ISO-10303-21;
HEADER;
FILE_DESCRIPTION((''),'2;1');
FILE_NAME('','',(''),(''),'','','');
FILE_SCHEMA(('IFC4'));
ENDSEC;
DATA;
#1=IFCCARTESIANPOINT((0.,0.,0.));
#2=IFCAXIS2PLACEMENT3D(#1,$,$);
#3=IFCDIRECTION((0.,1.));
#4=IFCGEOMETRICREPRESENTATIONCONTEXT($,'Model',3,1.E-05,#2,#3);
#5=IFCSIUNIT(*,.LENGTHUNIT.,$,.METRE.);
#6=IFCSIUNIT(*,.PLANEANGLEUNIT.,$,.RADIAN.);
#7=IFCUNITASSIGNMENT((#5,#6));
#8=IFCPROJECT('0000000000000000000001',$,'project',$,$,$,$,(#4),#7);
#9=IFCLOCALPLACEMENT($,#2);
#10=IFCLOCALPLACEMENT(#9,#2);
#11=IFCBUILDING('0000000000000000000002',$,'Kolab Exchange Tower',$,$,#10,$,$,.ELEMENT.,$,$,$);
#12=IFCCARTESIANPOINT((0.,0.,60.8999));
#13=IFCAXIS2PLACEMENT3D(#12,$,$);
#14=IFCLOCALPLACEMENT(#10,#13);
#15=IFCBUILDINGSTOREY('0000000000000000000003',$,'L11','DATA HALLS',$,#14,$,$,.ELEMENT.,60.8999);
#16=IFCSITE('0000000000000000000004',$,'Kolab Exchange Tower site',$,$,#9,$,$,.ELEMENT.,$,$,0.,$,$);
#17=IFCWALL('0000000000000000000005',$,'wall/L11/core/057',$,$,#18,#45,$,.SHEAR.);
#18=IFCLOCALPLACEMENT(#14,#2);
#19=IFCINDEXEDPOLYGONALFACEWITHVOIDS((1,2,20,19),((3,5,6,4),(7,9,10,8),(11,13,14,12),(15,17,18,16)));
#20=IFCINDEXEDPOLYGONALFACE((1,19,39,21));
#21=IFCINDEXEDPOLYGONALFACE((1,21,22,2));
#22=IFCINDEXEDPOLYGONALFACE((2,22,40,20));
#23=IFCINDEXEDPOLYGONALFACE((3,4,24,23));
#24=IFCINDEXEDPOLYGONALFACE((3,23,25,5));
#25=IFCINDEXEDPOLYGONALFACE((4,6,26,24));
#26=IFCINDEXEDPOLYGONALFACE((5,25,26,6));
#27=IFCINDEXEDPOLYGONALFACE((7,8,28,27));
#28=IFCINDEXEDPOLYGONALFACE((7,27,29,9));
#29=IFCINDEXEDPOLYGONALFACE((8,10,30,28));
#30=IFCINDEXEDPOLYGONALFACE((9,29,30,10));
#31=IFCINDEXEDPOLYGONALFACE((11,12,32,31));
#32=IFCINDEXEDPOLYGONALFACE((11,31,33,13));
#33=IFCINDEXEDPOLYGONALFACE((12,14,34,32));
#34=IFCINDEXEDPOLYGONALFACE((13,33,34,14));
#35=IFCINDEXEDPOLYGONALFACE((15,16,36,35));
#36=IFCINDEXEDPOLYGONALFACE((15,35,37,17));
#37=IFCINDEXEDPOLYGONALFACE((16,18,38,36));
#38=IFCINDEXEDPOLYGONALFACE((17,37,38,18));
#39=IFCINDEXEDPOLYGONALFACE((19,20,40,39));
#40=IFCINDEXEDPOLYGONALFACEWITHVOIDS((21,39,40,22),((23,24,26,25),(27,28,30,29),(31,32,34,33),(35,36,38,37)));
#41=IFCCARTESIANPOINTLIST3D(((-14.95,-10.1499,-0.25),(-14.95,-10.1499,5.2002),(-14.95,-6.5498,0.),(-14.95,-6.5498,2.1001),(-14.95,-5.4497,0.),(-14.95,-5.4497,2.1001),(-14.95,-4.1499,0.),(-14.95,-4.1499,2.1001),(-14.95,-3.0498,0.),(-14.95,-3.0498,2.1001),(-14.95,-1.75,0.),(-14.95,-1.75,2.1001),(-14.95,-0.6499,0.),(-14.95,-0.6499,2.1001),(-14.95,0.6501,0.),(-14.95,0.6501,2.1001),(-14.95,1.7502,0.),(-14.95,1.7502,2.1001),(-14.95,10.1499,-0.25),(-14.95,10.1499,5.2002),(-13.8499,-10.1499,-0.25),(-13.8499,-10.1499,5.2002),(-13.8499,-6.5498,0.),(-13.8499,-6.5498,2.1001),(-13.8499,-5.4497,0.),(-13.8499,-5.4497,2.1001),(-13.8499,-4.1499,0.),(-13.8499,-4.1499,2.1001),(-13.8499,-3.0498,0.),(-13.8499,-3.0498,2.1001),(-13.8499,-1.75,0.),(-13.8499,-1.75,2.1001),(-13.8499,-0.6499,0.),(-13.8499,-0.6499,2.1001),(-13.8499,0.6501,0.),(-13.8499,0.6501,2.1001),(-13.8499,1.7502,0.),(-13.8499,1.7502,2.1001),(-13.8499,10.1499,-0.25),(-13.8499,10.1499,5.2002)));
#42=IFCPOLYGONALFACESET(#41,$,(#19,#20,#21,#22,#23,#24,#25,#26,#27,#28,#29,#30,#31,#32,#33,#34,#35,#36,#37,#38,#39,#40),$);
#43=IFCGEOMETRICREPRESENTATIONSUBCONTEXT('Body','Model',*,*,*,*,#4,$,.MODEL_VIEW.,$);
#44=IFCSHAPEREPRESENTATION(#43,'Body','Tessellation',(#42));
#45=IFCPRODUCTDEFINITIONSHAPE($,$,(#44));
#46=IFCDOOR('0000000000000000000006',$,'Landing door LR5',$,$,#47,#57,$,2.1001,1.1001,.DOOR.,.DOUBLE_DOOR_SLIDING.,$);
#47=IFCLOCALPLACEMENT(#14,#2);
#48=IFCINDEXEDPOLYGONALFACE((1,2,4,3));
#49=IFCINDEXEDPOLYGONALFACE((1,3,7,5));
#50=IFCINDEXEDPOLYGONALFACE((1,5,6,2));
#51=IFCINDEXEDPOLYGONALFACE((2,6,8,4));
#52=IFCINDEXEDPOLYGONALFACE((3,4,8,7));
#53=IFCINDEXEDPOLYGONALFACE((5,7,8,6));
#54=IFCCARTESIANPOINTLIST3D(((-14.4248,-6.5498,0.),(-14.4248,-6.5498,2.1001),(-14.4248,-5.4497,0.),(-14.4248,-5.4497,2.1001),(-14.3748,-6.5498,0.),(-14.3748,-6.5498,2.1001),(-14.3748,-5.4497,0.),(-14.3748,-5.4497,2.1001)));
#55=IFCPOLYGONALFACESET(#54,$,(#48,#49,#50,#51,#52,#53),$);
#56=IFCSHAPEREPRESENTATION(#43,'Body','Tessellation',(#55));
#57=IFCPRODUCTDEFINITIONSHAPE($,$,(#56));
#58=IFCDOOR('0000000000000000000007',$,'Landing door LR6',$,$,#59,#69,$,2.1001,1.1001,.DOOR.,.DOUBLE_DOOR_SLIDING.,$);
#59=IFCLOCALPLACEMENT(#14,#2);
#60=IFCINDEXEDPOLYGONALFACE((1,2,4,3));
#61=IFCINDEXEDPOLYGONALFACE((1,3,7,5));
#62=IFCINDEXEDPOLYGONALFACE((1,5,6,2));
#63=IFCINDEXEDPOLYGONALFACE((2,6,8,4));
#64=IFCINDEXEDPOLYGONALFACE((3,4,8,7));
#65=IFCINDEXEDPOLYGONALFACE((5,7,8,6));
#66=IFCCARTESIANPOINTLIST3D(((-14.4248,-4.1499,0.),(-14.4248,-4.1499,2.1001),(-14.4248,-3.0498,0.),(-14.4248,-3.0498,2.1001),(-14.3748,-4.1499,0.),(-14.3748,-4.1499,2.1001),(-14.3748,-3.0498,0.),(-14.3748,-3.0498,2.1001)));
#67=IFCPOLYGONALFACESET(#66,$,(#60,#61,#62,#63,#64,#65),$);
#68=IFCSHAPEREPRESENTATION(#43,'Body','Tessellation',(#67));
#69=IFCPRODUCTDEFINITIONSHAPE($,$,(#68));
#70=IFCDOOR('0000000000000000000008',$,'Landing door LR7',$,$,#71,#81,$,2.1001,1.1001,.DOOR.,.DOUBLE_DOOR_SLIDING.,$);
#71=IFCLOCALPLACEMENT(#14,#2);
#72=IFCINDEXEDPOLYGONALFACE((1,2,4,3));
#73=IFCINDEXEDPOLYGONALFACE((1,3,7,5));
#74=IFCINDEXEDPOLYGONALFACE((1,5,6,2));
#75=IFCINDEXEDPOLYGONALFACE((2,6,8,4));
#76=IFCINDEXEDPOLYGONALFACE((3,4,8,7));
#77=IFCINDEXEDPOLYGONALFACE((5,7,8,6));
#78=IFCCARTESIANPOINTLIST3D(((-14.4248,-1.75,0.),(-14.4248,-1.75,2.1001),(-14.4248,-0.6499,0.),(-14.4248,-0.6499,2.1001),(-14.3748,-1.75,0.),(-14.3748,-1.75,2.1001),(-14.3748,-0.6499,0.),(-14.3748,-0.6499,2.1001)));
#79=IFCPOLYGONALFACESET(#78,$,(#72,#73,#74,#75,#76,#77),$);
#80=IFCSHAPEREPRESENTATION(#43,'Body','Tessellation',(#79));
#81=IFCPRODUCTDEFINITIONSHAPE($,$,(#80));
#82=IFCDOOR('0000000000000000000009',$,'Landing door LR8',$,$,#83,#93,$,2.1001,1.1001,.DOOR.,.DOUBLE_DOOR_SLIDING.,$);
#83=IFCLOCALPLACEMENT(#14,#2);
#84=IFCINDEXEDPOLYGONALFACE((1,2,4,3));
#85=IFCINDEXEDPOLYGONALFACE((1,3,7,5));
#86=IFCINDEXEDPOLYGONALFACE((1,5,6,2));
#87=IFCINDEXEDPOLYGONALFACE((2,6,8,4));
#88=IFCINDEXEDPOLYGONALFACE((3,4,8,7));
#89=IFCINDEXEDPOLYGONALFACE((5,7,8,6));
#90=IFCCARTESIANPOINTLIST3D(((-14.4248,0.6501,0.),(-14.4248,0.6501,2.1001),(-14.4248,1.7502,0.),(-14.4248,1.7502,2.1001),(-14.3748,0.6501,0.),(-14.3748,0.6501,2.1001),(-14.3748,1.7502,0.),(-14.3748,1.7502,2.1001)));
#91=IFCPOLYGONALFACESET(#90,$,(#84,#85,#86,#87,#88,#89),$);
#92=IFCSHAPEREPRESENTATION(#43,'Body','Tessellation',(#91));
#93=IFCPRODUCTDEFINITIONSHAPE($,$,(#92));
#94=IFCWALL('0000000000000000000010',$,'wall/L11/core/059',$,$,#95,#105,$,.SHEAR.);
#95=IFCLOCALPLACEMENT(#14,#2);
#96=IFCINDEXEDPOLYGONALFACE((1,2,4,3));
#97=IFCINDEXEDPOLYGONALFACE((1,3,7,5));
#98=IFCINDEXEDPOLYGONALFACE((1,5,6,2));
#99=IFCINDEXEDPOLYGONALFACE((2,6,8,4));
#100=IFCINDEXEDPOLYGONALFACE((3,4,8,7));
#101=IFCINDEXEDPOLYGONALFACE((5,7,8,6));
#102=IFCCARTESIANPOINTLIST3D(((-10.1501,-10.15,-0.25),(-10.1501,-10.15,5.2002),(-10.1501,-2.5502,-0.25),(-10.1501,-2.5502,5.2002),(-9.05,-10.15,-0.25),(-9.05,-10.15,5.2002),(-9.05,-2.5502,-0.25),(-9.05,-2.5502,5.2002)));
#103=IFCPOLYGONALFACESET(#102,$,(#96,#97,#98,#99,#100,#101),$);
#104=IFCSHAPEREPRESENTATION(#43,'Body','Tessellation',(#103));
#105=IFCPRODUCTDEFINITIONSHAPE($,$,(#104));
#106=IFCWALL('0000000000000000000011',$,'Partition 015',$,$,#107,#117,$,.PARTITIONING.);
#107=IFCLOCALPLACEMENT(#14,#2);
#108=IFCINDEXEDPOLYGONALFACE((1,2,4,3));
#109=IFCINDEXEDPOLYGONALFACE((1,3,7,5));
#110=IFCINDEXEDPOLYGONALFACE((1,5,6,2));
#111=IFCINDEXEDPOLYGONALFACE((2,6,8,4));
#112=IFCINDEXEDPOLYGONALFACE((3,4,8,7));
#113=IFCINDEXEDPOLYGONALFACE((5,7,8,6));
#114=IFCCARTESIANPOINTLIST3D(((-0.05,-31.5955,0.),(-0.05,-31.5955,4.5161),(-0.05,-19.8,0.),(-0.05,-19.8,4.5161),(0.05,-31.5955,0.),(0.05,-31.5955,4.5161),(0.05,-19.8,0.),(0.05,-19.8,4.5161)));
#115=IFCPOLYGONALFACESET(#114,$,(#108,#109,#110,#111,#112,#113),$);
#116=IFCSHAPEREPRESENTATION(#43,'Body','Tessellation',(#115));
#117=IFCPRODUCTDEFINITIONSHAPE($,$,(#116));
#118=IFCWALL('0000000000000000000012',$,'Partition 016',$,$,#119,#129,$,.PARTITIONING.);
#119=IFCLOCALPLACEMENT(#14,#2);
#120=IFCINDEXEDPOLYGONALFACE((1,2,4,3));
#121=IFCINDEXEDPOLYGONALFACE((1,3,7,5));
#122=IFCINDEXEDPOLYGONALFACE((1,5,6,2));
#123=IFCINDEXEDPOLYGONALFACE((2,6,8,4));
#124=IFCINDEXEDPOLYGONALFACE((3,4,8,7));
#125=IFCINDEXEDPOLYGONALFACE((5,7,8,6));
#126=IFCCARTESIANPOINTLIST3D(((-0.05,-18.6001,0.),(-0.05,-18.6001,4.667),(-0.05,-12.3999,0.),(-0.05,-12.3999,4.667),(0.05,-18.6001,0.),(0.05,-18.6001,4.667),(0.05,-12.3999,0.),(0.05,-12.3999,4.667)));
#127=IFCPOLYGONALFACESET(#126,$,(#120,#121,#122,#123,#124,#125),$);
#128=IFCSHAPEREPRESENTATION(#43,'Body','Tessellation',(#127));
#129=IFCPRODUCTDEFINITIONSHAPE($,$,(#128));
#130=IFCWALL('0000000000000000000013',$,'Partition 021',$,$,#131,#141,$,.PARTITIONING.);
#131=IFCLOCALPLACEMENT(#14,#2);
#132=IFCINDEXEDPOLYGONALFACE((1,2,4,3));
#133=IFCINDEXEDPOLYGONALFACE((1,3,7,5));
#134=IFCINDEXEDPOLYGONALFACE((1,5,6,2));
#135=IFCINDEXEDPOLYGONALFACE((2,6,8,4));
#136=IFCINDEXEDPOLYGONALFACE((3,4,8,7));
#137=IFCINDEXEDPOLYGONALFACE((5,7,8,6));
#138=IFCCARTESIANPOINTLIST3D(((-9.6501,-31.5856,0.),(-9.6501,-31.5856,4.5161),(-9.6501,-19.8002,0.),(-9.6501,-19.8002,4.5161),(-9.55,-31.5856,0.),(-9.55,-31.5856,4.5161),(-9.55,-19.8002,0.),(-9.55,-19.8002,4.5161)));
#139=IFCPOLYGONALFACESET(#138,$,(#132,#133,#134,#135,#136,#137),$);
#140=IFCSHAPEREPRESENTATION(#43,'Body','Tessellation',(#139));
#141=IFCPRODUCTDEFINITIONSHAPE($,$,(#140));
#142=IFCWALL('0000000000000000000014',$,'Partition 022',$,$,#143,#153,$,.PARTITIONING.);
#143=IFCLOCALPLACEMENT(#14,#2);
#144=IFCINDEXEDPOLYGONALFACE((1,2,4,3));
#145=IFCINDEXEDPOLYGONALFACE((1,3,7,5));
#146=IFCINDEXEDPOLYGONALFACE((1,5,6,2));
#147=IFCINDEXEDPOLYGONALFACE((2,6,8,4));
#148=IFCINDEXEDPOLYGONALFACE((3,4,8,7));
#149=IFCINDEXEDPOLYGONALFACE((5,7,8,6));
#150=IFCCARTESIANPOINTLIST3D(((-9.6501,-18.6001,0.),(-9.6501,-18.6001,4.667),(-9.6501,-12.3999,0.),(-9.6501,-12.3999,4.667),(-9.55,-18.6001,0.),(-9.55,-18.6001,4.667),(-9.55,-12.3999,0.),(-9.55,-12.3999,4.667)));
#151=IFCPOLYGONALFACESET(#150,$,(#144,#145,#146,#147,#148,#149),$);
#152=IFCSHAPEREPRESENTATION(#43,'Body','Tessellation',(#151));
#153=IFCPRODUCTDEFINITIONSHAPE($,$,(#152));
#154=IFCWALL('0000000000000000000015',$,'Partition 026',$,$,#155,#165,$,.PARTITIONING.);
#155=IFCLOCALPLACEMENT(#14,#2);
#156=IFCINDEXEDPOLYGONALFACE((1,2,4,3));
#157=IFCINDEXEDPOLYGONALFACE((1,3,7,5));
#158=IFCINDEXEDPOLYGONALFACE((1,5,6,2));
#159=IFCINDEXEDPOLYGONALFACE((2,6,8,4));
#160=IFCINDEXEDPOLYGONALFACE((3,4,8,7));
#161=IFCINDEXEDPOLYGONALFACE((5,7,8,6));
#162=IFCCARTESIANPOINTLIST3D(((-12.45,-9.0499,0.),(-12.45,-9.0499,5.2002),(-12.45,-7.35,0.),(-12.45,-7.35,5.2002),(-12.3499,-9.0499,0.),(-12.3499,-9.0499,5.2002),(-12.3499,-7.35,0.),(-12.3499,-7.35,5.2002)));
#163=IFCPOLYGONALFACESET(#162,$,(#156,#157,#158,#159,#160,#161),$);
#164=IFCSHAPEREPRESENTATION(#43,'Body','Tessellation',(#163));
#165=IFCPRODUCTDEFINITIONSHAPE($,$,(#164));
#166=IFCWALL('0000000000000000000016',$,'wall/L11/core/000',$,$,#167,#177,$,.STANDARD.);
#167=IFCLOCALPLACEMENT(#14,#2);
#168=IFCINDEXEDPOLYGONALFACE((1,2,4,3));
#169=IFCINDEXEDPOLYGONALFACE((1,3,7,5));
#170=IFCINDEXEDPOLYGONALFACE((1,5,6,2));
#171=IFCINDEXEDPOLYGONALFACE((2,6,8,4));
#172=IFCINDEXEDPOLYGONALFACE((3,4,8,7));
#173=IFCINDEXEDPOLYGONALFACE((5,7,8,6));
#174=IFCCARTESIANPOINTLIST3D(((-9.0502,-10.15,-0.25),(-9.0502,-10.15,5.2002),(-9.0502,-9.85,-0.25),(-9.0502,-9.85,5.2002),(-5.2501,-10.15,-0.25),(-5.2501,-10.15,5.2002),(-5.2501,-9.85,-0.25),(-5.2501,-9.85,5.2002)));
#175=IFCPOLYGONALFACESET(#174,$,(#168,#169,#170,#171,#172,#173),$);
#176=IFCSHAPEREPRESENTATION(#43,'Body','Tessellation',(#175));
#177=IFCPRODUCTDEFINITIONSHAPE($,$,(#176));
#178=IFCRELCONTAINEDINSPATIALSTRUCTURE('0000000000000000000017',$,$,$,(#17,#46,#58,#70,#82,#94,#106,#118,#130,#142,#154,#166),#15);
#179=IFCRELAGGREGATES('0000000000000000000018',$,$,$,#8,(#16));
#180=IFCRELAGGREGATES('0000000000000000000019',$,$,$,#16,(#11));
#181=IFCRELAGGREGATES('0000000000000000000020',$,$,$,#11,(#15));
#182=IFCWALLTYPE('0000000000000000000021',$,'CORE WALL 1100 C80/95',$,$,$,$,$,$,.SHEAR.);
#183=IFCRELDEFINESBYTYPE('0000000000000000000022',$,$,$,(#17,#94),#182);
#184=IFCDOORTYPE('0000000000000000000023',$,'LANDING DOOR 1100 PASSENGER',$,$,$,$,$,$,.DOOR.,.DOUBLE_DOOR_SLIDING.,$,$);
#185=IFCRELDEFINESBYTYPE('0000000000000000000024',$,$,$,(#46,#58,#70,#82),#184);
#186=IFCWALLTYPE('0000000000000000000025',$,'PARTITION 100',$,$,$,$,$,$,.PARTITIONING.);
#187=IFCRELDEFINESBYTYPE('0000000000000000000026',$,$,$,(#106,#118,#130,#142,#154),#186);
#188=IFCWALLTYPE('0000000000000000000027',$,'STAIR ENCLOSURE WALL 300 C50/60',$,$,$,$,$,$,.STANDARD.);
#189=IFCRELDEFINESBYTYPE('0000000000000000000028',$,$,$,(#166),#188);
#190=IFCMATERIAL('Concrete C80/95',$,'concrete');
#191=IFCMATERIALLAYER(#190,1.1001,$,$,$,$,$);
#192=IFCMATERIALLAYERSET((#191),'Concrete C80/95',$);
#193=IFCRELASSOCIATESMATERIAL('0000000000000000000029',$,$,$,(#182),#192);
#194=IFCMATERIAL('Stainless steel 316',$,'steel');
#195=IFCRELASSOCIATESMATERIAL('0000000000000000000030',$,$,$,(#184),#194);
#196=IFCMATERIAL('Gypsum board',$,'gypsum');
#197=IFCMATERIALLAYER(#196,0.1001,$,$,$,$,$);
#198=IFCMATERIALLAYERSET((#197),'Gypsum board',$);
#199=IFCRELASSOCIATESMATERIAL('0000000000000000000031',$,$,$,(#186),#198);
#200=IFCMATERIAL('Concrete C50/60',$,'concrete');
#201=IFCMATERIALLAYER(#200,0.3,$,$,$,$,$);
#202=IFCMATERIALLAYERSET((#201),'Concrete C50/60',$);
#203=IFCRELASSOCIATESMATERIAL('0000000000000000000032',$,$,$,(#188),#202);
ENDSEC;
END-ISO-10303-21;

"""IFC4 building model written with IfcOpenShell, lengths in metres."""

from ifc_helpers import new_model, si_unit, direction, frame, frame_2d, origin, place, context, subcontext, project, spatial, rectangle, extrude, material, layer, layer_set, type_object, element, fill, save


model = new_model("IFC4")

# Units and contexts
model_context = context("Model", 3, precision=1e-05, world=origin(), true_north=direction((0.0, 1.0)))
body_context = subcontext(model_context, "Body", "Model", "MODEL_VIEW")
ifc_project = project(units=[si_unit("LENGTHUNIT", "METRE"), si_unit("PLANEANGLEUNIT", "RADIAN")], contexts=[model_context])

# Site, building, storey
site_placement = place(None, origin())
site = spatial("IfcSite", under=ifc_project, at=site_placement, Name="Kolab Exchange Tower site", CompositionType="ELEMENT", RefElevation=0.0)
building_placement = place(site_placement, origin())
building = spatial("IfcBuilding", under=site, at=building_placement, Name="Kolab Exchange Tower", CompositionType="ELEMENT")
storey_placement = place(building_placement, frame((0.0, 0.0, 60.8999)))
storey = spatial("IfcBuildingStorey", under=building, at=storey_placement, Name="L11", Description="DATA HALLS", CompositionType="ELEMENT", Elevation=60.8999)

# Shared definitions
ifc_material_1 = material(Name="Concrete C80/95", Category="concrete")

# Shared definitions
ifc_layer_1 = layer(ifc_material_1, 1.1001)
ifc_layer_set_1 = layer_set([ifc_layer_1], Name="Concrete C80/95")
wall_type_1 = type_object("IfcWallType", Name="CORE WALL 1100 C80/95", PredefinedType="SHEAR", material=ifc_layer_set_1)

# Wall, openings, doors
wall_1_placement = place(storey_placement, frame((-14.3999, -10.1499, -0.25), z_axis=(0.0, 0.0, 1.0), x_axis=(0.0, 1.0, 0.0)))
wall_1 = element("IfcWall", 1, at=wall_1_placement, inside=storey, type_object=wall_type_1, Name="wall/L11/core/057", PredefinedType="SHEAR", context=body_context, shape_type="SweptSolid", body=[
    extrude(rectangle(XDim=20.2998, YDim=1.1001, at=frame_2d((10.1499, 0.0))), origin(), (0.0, 0.0, 1.0), 5.4502),
])
opening_1_placement = place(wall_1_placement, frame((3.6001, 0.0, 0.25)))
opening_1 = element("IfcOpeningElement", 2, at=opening_1_placement, cuts=wall_1, PredefinedType="OPENING", context=body_context, shape_type="SweptSolid", body=[
    extrude(rectangle(XDim=1.1001, YDim=2.1001, at=frame_2d((0.55, 1.05))), frame((0.0, 0.5601, 0.0), z_axis=(0.0, -1.0, 0.0), x_axis=(1.0, 0.0, 0.0)), (0.0, 0.0, 1.0), 1.1201),
])
opening_2_placement = place(wall_1_placement, frame((6.0, 0.0, 0.25)))
opening_2 = element("IfcOpeningElement", 3, at=opening_2_placement, cuts=wall_1, PredefinedType="OPENING", context=body_context, shape_type="SweptSolid", body=[
    extrude(rectangle(XDim=1.1001, YDim=2.1001, at=frame_2d((0.55, 1.05))), frame((0.0, 0.5601, 0.0), z_axis=(0.0, -1.0, 0.0), x_axis=(1.0, 0.0, 0.0)), (0.0, 0.0, 1.0), 1.1201),
])
opening_3_placement = place(wall_1_placement, frame((8.3999, 0.0, 0.25)))
opening_3 = element("IfcOpeningElement", 4, at=opening_3_placement, cuts=wall_1, PredefinedType="OPENING", context=body_context, shape_type="SweptSolid", body=[
    extrude(rectangle(XDim=1.1001, YDim=2.1001, at=frame_2d((0.55, 1.05))), frame((0.0, 0.5601, 0.0), z_axis=(0.0, -1.0, 0.0), x_axis=(1.0, 0.0, 0.0)), (0.0, 0.0, 1.0), 1.1201),
])
opening_4_placement = place(wall_1_placement, frame((10.8, 0.0, 0.25)))
opening_4 = element("IfcOpeningElement", 5, at=opening_4_placement, cuts=wall_1, PredefinedType="OPENING", context=body_context, shape_type="SweptSolid", body=[
    extrude(rectangle(XDim=1.1001, YDim=2.1001, at=frame_2d((0.55, 1.05))), frame((0.0, 0.5601, 0.0), z_axis=(0.0, -1.0, 0.0), x_axis=(1.0, 0.0, 0.0)), (0.0, 0.0, 1.0), 1.1201),
])
ifc_material_2 = material(Name="Stainless steel 316", Category="steel")
door_type_1 = type_object("IfcDoorType", Name="LANDING DOOR 1100 PASSENGER", OperationType="DOUBLE_DOOR_SLIDING", PredefinedType="DOOR", material=ifc_material_2)
door_1_placement = place(opening_1_placement, origin())
door_1 = element("IfcDoor", 6, at=door_1_placement, inside=storey, type_object=door_type_1, Name="Landing door LR5", OperationType="DOUBLE_DOOR_SLIDING", OverallHeight=2.1001, OverallWidth=1.1001, PredefinedType="DOOR", context=body_context, shape_type="SweptSolid", body=[
    extrude(rectangle(XDim=1.1001, YDim=2.1001, at=frame_2d((0.55, 1.05))), frame((0.0, 0.0249, 0.0), z_axis=(0.0, -1.0, 0.0), x_axis=(1.0, 0.0, 0.0)), (0.0, 0.0, 1.0), 0.05),
])
fill(opening_1, door_1)
door_2_placement = place(opening_2_placement, origin())
door_2 = element("IfcDoor", 7, at=door_2_placement, inside=storey, type_object=door_type_1, Name="Landing door LR6", OperationType="DOUBLE_DOOR_SLIDING", OverallHeight=2.1001, OverallWidth=1.1001, PredefinedType="DOOR", context=body_context, shape_type="SweptSolid", body=[
    extrude(rectangle(XDim=1.1001, YDim=2.1001, at=frame_2d((0.55, 1.05))), frame((0.0, 0.0249, 0.0), z_axis=(0.0, -1.0, 0.0), x_axis=(1.0, 0.0, 0.0)), (0.0, 0.0, 1.0), 0.05),
])
fill(opening_2, door_2)
door_3_placement = place(opening_3_placement, origin())
door_3 = element("IfcDoor", 8, at=door_3_placement, inside=storey, type_object=door_type_1, Name="Landing door LR7", OperationType="DOUBLE_DOOR_SLIDING", OverallHeight=2.1001, OverallWidth=1.1001, PredefinedType="DOOR", context=body_context, shape_type="SweptSolid", body=[
    extrude(rectangle(XDim=1.1001, YDim=2.1001, at=frame_2d((0.55, 1.05))), frame((0.0, 0.0249, 0.0), z_axis=(0.0, -1.0, 0.0), x_axis=(1.0, 0.0, 0.0)), (0.0, 0.0, 1.0), 0.05),
])
fill(opening_3, door_3)
door_4_placement = place(opening_4_placement, origin())
door_4 = element("IfcDoor", 9, at=door_4_placement, inside=storey, type_object=door_type_1, Name="Landing door LR8", OperationType="DOUBLE_DOOR_SLIDING", OverallHeight=2.1001, OverallWidth=1.1001, PredefinedType="DOOR", context=body_context, shape_type="SweptSolid", body=[
    extrude(rectangle(XDim=1.1001, YDim=2.1001, at=frame_2d((0.55, 1.05))), frame((0.0, 0.0249, 0.0), z_axis=(0.0, -1.0, 0.0), x_axis=(1.0, 0.0, 0.0)), (0.0, 0.0, 1.0), 0.05),
])
fill(opening_4, door_4)

# Walls
wall_2_placement = place(storey_placement, frame((-9.6001, -10.1499, -0.25), z_axis=(0.0, 0.0, 1.0), x_axis=(0.0, 1.0, 0.0)))
element("IfcWall", 10, at=wall_2_placement, inside=storey, type_object=wall_type_1, Name="wall/L11/core/059", PredefinedType="SHEAR", context=body_context, shape_type="SweptSolid", body=[
    extrude(rectangle(XDim=7.5999, YDim=1.1001, at=frame_2d((3.7998, 0.0))), origin(), (0.0, 0.0, 1.0), 5.4502),
])
ifc_material_3 = material(Name="Gypsum board", Category="gypsum")
ifc_layer_2 = layer(ifc_material_3, 0.1001)
ifc_layer_set_2 = layer_set([ifc_layer_2], Name="Gypsum board")
wall_type_2 = type_object("IfcWallType", Name="PARTITION 100", PredefinedType="PARTITIONING", material=ifc_layer_set_2)
wall_3_placement = place(storey_placement, frame((0.0, -31.5955, 0.0), z_axis=(0.0, 0.0, 1.0), x_axis=(0.0, 1.0, 0.0)))
element("IfcWall", 11, at=wall_3_placement, inside=storey, type_object=wall_type_2, Name="Partition 015", PredefinedType="PARTITIONING", context=body_context, shape_type="SweptSolid", body=[
    extrude(rectangle(XDim=11.7954, YDim=0.1001, at=frame_2d((5.8977, 0.0))), origin(), (0.0, 0.0, 1.0), 4.5161),
])
wall_4_placement = place(storey_placement, frame((0.0, -18.6001, 0.0), z_axis=(0.0, 0.0, 1.0), x_axis=(0.0, 1.0, 0.0)))
element("IfcWall", 12, at=wall_4_placement, inside=storey, type_object=wall_type_2, Name="Partition 016", PredefinedType="PARTITIONING", context=body_context, shape_type="SweptSolid", body=[
    extrude(rectangle(XDim=6.2002, YDim=0.1001, at=frame_2d((3.1001, 0.0))), origin(), (0.0, 0.0, 1.0), 4.667),
])
wall_5_placement = place(storey_placement, frame((-9.6001, -31.5854, 0.0), z_axis=(0.0, 0.0, 1.0), x_axis=(0.0, 1.0, 0.0)))
element("IfcWall", 13, at=wall_5_placement, inside=storey, type_object=wall_type_2, Name="Partition 021", PredefinedType="PARTITIONING", context=body_context, shape_type="SweptSolid", body=[
    extrude(rectangle(XDim=11.7854, YDim=0.1001, at=frame_2d((5.8926, 0.0))), origin(), (0.0, 0.0, 1.0), 4.5161),
])
wall_6_placement = place(storey_placement, frame((-9.6001, -18.6001, 0.0), z_axis=(0.0, 0.0, 1.0), x_axis=(0.0, 1.0, 0.0)))
element("IfcWall", 14, at=wall_6_placement, inside=storey, type_object=wall_type_2, Name="Partition 022", PredefinedType="PARTITIONING", context=body_context, shape_type="SweptSolid", body=[
    extrude(rectangle(XDim=6.2002, YDim=0.1001, at=frame_2d((3.1001, 0.0))), origin(), (0.0, 0.0, 1.0), 4.667),
])
wall_7_placement = place(storey_placement, frame((-12.3999, -9.05, 0.0), z_axis=(0.0, 0.0, 1.0), x_axis=(0.0, 1.0, 0.0)))
element("IfcWall", 15, at=wall_7_placement, inside=storey, type_object=wall_type_2, Name="Partition 026", PredefinedType="PARTITIONING", context=body_context, shape_type="SweptSolid", body=[
    extrude(rectangle(XDim=1.7, YDim=0.1001, at=frame_2d((0.8501, 0.0))), origin(), (0.0, 0.0, 1.0), 5.2002),
])
ifc_material_4 = material(Name="Concrete C50/60", Category="concrete")
ifc_layer_3 = layer(ifc_material_4, 0.3)
ifc_layer_set_3 = layer_set([ifc_layer_3], Name="Concrete C50/60")
wall_type_3 = type_object("IfcWallType", Name="STAIR ENCLOSURE WALL 300 C50/60", PredefinedType="STANDARD", material=ifc_layer_set_3)
wall_8_placement = place(storey_placement, frame((-9.05, -10.0, -0.25), z_axis=(0.0, 0.0, 1.0), x_axis=(1.0, 0.0, 0.0)))
element("IfcWall", 16, at=wall_8_placement, inside=storey, type_object=wall_type_3, Name="wall/L11/core/000", PredefinedType="STANDARD", context=body_context, shape_type="SweptSolid", body=[
    extrude(rectangle(XDim=3.8, YDim=0.3, at=frame_2d((1.8999, 0.0))), origin(), (0.0, 0.0, 1.0), 5.4502),
])

save(model, "model.ifc")
